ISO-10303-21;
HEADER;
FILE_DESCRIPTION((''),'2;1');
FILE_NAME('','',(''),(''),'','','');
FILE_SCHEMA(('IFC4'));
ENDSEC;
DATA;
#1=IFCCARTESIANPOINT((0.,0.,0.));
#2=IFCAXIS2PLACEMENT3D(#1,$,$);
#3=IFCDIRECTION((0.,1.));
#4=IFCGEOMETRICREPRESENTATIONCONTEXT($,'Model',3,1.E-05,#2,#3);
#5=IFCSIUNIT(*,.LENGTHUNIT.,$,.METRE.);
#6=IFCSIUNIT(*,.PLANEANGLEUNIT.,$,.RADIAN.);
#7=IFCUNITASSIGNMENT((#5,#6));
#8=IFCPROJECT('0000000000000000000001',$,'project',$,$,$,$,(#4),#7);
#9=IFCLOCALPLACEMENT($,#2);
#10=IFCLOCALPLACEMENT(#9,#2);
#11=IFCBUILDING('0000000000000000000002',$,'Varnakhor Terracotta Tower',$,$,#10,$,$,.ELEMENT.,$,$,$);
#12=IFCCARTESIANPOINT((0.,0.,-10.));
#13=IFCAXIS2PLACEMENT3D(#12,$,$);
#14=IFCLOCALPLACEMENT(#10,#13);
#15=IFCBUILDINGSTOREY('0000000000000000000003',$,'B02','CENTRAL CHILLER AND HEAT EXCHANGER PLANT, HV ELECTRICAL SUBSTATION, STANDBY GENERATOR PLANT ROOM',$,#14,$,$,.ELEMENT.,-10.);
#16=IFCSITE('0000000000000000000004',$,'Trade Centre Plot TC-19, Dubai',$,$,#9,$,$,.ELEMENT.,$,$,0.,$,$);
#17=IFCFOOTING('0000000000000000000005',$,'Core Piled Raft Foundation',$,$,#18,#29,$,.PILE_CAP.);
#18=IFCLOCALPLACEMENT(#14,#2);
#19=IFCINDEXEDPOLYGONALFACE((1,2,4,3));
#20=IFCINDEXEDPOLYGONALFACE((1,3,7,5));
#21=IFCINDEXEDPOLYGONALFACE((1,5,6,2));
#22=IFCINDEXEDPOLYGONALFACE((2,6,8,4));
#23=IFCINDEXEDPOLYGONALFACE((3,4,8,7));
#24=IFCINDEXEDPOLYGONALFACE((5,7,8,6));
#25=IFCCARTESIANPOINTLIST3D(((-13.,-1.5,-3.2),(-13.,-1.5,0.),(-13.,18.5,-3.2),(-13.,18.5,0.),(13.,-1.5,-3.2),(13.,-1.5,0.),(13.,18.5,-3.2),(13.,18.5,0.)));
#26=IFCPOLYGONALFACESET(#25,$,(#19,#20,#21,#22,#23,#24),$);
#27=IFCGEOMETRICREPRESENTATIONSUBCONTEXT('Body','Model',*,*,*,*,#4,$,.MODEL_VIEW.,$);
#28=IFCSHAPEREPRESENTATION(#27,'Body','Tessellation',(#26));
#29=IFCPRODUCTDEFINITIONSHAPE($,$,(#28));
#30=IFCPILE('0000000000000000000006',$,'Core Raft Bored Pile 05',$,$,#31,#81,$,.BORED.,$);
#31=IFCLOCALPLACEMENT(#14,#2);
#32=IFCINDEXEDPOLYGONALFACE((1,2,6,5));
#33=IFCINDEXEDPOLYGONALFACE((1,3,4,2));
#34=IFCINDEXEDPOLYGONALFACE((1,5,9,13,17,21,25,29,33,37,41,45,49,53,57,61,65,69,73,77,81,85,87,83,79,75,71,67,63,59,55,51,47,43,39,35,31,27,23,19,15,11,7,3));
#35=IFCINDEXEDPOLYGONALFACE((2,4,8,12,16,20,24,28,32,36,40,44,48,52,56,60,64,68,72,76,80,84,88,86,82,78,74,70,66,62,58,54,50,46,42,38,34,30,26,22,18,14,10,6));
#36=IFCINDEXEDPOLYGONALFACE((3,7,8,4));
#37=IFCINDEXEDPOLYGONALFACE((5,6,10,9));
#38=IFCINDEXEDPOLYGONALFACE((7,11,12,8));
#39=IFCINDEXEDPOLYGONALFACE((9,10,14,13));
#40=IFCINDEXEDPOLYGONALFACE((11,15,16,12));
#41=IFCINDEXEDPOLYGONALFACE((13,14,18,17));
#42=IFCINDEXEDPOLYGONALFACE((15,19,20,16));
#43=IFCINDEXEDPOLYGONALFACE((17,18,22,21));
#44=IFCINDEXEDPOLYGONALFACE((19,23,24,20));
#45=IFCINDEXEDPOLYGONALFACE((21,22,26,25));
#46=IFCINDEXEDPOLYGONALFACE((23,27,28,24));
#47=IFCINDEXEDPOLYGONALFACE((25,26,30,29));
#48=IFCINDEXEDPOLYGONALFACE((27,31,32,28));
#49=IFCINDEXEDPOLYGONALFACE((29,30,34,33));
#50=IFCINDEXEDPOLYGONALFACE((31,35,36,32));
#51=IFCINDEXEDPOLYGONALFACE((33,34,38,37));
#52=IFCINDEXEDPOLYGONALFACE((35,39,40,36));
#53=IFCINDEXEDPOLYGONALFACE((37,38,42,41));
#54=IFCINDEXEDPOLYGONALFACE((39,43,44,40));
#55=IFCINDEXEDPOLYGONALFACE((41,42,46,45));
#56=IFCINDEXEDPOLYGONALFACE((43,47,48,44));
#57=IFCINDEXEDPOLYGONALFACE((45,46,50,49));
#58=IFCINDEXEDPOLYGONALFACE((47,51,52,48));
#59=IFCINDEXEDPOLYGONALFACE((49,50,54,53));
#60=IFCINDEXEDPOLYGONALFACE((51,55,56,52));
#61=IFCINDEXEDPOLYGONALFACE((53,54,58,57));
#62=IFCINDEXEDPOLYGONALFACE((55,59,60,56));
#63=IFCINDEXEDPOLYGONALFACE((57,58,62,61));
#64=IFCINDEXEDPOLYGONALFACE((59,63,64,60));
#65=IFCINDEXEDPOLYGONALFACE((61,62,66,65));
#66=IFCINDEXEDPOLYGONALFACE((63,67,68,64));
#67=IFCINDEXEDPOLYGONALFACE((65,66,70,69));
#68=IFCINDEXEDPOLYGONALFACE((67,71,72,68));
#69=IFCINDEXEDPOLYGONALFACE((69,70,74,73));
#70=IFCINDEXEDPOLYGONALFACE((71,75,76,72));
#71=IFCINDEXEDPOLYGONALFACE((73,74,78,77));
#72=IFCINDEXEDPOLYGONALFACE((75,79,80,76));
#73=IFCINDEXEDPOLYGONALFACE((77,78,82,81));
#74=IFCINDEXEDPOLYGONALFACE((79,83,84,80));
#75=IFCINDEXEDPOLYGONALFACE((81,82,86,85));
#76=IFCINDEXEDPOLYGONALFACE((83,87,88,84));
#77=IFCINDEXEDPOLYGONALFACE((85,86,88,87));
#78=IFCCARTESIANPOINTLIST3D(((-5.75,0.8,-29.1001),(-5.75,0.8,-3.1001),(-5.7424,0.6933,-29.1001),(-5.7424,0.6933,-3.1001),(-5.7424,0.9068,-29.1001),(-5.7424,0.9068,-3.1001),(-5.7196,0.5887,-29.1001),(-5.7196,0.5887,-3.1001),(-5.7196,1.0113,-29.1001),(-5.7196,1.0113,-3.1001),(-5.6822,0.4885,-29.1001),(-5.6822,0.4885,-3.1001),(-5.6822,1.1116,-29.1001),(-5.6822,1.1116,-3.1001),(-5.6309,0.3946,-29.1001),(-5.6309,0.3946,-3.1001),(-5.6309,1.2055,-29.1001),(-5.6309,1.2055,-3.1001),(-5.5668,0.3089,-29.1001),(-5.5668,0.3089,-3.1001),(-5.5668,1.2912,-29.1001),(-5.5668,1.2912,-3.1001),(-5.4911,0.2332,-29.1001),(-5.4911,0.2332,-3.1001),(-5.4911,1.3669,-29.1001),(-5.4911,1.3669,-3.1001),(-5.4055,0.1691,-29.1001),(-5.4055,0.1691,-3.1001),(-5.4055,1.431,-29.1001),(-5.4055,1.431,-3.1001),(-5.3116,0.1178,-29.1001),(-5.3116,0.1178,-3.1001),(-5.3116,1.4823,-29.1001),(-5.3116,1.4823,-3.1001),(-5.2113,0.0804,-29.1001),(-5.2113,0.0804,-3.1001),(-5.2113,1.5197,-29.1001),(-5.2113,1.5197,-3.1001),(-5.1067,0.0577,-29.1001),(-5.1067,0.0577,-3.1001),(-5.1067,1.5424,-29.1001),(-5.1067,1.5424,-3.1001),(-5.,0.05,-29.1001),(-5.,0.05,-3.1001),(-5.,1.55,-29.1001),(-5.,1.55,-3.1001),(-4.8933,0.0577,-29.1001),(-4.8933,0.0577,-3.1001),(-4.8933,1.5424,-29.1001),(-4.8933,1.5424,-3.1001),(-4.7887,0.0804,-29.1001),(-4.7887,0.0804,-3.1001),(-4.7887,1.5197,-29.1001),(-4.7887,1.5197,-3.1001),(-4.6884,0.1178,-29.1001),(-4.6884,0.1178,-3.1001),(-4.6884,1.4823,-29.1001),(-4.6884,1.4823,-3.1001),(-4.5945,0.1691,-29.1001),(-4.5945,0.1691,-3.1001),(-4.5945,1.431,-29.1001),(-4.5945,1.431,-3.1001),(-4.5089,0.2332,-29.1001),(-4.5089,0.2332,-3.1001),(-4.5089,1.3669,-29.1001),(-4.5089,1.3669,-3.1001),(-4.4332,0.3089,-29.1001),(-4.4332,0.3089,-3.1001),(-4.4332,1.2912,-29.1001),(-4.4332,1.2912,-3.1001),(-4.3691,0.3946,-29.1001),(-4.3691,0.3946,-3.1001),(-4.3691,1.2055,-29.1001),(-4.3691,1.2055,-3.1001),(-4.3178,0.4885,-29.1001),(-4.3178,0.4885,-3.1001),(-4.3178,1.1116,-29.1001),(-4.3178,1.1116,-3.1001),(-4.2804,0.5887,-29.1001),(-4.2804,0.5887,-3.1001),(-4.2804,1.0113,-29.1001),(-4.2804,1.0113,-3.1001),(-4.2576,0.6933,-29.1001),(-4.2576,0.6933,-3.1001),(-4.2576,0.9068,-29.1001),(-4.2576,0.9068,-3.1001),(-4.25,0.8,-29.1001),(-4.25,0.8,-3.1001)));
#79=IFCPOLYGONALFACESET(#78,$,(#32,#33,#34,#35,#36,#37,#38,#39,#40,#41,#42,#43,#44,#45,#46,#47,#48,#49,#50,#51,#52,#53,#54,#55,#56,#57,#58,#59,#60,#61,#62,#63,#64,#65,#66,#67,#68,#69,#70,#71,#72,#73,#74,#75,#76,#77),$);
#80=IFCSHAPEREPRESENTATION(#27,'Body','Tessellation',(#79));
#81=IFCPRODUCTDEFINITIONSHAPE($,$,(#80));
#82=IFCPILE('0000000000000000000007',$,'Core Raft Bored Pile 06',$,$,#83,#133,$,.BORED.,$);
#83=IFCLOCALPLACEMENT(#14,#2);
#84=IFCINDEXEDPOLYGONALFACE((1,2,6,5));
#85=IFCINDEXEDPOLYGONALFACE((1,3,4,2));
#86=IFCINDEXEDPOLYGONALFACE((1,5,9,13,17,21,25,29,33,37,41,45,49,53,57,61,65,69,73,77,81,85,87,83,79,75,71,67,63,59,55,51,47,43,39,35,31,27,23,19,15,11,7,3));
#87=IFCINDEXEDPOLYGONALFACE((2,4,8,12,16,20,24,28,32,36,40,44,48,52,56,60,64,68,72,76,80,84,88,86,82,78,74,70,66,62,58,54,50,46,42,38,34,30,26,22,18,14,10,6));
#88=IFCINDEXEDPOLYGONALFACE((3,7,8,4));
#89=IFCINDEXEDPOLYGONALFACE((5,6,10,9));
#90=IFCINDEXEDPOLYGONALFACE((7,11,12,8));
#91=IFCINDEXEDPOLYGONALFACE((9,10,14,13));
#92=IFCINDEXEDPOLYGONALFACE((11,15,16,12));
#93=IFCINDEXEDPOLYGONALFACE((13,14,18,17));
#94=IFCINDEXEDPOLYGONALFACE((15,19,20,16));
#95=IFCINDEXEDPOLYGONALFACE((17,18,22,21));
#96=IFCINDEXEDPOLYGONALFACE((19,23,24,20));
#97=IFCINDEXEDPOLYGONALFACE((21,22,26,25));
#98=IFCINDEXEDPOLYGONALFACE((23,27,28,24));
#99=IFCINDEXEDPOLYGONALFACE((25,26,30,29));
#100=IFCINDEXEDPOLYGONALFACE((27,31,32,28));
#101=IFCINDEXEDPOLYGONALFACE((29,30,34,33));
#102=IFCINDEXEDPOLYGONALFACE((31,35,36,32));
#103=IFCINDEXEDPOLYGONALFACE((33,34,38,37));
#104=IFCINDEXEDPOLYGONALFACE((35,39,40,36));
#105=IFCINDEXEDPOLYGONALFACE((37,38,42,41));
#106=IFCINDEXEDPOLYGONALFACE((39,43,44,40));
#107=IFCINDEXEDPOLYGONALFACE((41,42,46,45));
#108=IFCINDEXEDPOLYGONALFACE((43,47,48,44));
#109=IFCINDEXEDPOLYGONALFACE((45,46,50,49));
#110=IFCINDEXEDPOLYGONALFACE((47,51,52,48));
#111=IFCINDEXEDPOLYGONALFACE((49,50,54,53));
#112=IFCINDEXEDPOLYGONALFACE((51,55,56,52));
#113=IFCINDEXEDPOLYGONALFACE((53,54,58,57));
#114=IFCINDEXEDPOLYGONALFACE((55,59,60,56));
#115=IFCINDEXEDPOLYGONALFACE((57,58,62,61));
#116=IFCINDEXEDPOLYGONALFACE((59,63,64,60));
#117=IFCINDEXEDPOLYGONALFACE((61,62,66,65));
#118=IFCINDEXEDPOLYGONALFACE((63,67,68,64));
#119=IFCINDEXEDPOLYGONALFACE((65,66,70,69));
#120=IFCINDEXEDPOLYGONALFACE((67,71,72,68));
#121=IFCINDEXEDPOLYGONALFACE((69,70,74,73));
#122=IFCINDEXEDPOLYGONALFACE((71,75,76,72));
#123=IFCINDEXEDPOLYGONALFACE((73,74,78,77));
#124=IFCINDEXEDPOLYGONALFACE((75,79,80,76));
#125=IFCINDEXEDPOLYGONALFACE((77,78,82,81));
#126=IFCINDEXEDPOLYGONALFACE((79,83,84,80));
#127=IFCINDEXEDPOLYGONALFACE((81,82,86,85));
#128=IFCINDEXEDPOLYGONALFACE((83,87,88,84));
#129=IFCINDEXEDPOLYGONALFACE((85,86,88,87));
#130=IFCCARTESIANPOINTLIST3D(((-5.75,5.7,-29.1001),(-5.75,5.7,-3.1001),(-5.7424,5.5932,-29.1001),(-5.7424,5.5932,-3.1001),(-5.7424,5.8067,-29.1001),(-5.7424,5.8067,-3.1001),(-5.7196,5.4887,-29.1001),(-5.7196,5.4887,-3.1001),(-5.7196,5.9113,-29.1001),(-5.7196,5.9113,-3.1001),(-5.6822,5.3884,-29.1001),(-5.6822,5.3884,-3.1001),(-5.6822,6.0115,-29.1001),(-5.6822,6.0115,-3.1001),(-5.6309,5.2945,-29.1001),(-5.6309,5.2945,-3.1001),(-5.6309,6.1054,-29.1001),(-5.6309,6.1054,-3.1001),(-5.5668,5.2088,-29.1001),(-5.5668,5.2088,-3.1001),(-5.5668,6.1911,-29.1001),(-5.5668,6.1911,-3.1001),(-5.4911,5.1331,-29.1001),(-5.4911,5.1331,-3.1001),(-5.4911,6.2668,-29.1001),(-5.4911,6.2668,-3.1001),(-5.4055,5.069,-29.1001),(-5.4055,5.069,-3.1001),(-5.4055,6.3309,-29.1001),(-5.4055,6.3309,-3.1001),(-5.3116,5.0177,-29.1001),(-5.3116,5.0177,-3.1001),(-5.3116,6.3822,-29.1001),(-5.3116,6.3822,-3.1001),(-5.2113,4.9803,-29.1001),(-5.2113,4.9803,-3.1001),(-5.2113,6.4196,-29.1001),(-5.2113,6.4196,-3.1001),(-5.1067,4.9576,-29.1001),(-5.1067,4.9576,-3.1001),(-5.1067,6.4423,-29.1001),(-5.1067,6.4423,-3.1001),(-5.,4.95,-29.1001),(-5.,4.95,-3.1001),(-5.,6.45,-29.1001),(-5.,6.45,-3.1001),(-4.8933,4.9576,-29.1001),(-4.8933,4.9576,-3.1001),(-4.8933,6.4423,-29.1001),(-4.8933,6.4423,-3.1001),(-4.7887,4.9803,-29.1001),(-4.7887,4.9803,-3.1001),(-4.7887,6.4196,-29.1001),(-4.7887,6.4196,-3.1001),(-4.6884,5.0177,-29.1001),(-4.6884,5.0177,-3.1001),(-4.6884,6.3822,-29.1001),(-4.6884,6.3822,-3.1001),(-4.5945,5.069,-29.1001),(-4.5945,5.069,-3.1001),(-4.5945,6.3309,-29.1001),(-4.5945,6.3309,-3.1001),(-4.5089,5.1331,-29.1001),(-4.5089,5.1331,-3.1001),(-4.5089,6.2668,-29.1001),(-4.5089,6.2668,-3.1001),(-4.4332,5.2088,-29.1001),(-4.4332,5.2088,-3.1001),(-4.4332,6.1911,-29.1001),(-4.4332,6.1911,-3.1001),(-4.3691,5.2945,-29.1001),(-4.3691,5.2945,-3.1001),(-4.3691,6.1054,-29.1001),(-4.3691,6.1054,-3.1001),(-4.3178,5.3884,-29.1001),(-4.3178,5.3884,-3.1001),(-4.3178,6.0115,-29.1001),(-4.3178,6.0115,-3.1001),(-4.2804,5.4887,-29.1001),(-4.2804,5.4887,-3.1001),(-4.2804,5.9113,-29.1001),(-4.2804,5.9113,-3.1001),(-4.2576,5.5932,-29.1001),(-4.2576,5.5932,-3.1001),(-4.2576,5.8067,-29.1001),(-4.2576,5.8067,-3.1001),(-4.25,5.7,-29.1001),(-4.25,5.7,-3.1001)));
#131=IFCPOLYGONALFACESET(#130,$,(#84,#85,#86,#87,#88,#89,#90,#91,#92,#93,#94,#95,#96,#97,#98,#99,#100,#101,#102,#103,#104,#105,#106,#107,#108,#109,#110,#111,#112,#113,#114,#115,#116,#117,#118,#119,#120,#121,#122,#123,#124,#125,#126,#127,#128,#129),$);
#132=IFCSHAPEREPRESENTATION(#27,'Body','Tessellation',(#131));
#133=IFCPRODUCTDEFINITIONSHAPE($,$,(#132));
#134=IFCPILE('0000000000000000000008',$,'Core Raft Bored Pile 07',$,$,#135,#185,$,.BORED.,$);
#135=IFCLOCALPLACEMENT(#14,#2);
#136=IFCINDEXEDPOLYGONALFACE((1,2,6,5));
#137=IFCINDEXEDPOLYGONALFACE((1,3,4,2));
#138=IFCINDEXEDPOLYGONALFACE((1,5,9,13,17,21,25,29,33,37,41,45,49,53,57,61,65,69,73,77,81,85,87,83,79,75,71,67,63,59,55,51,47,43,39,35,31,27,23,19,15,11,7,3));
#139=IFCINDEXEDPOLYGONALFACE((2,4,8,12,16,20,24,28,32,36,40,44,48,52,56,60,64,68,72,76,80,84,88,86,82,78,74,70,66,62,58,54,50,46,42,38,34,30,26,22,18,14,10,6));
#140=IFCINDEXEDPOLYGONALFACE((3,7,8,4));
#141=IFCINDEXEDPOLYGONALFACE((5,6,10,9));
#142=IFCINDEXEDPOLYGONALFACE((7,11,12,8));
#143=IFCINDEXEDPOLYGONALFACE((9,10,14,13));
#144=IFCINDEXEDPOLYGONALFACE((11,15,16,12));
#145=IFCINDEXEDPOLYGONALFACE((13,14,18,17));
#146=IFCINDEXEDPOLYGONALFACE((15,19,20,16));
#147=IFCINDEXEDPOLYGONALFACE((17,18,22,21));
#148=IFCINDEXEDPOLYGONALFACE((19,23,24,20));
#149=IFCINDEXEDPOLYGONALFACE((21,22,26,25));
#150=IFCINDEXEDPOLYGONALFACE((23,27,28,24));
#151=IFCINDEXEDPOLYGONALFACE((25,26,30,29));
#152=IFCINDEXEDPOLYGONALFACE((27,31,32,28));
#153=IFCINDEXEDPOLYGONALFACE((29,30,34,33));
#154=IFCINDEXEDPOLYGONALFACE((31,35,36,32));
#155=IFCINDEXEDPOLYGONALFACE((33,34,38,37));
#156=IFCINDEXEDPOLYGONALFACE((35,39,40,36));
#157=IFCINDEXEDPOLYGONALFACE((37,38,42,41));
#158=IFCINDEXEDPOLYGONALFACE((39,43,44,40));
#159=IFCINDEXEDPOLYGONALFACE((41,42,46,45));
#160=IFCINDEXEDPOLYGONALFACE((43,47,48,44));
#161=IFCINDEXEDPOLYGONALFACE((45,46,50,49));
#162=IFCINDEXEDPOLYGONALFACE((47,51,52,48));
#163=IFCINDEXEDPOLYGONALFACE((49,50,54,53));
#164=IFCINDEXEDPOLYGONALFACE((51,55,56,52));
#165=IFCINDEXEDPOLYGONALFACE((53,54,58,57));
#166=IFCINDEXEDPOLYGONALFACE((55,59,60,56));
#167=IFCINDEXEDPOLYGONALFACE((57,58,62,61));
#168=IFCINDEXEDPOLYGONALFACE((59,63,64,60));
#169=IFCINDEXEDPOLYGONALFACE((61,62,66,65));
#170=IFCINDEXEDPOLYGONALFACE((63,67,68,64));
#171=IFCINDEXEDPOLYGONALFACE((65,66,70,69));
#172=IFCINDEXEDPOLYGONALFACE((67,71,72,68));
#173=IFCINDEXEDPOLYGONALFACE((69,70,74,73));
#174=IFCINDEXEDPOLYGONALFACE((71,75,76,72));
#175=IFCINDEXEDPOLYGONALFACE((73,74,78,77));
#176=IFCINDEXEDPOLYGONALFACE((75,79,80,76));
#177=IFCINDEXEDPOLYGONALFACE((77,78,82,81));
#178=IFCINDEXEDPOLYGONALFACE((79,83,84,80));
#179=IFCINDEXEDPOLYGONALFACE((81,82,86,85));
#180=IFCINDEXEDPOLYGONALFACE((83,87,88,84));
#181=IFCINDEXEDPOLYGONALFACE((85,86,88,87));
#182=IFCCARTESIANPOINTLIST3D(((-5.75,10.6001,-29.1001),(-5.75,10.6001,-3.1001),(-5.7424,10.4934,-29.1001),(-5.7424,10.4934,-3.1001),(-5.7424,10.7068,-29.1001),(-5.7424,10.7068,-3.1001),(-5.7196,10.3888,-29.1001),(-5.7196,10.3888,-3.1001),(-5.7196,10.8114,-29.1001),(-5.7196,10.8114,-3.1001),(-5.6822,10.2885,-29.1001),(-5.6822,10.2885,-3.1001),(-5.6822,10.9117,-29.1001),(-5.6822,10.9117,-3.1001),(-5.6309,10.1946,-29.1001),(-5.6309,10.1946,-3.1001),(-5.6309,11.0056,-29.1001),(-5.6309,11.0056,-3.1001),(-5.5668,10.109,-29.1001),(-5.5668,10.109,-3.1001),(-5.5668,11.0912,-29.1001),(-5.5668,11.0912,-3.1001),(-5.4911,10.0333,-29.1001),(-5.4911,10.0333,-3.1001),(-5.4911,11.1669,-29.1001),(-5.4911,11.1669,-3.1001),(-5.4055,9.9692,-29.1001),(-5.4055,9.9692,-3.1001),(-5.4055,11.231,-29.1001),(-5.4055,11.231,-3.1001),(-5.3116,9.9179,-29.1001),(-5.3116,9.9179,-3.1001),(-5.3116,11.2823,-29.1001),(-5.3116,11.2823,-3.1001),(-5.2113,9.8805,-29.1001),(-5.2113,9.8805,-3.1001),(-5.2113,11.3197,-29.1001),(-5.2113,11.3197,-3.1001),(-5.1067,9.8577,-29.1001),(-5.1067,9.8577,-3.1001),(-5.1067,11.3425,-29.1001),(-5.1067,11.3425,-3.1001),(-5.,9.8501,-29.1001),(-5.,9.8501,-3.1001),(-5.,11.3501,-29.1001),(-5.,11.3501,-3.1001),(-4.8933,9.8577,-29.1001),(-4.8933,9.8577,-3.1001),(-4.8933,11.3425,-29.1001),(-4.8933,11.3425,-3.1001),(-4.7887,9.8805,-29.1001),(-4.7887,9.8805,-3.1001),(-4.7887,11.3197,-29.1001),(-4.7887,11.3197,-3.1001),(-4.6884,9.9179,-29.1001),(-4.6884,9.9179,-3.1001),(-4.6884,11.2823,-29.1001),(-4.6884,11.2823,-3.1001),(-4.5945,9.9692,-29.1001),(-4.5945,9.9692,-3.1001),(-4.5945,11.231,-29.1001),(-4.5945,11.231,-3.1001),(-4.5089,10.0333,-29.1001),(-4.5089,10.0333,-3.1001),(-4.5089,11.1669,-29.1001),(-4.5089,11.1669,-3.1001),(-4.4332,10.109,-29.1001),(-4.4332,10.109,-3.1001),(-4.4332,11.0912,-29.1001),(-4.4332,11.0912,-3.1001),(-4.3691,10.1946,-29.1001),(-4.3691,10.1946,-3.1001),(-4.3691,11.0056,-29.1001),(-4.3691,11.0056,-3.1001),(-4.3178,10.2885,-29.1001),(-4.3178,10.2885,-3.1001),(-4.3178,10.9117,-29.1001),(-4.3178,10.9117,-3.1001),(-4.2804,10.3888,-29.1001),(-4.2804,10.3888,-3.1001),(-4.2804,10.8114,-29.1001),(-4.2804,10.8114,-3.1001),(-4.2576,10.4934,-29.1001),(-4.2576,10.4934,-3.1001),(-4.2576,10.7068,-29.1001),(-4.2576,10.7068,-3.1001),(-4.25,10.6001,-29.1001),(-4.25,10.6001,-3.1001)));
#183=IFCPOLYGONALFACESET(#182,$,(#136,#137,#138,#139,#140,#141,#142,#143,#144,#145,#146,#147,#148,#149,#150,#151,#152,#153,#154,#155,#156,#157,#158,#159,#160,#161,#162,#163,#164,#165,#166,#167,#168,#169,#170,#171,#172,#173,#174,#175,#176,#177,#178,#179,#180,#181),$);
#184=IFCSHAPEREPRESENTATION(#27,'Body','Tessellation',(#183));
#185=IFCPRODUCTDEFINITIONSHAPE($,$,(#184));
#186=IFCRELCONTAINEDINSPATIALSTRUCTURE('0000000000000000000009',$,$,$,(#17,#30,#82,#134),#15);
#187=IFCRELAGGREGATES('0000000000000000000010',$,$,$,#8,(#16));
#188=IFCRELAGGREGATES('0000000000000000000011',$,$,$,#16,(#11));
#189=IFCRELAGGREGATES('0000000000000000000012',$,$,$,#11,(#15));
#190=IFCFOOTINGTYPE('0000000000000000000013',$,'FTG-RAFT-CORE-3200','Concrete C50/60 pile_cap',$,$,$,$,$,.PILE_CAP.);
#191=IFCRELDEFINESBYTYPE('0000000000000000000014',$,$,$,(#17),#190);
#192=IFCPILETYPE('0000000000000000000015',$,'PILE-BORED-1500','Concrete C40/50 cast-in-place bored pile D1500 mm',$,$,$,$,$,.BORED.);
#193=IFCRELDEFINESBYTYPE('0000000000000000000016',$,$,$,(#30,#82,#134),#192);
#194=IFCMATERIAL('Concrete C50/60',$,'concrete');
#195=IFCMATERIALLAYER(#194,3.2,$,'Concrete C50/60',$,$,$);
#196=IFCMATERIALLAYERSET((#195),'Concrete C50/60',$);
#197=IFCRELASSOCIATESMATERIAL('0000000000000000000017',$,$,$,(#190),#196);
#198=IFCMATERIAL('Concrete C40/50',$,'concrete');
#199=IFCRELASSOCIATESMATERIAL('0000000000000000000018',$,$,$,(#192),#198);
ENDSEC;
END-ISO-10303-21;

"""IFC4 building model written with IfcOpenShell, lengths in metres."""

from ifc_helpers import new_model, si_unit, direction, frame, origin, origin_2d, place, context, subcontext, project, spatial, polyline, circle, outline, extrude, source, transform, mapped, material, layer, layer_set, material_profile, profile_set, type_object, type_shapes, element, save


model = new_model("IFC4")

# Units and contexts
model_context = context("Model", 3, precision=1e-05, world=origin(), true_north=direction((0.0, 1.0)))
body_context = subcontext(model_context, "Body", "Model", "MODEL_VIEW")
ifc_project = project(units=[si_unit("LENGTHUNIT", "METRE"), si_unit("PLANEANGLEUNIT", "RADIAN")], contexts=[model_context])

# Site, building, storey
site_placement = place(None, origin())
site = spatial("IfcSite", under=ifc_project, at=site_placement, Name="Trade Centre Plot TC-19, Dubai", CompositionType="ELEMENT", RefElevation=0.0)
building_placement = place(site_placement, origin())
building = spatial("IfcBuilding", under=site, at=building_placement, Name="Varnakhor Terracotta Tower", CompositionType="ELEMENT")
storey_placement = place(building_placement, frame((0.0, 0.0, -10.0)))
storey = spatial("IfcBuildingStorey", under=building, at=storey_placement, Name="B02", Description="CENTRAL CHILLER AND HEAT EXCHANGER PLANT, HV ELECTRICAL SUBSTATION, STANDBY GENERATOR PLANT ROOM", CompositionType="ELEMENT", Elevation=-10.0)

# Footing
ifc_material_1 = material(Name="Concrete C50/60", Category="concrete")
ifc_layer_1 = layer(ifc_material_1, 3.2, Name="Concrete C50/60")
ifc_layer_set_1 = layer_set([ifc_layer_1], Name="Concrete C50/60")
footing_type = type_object("IfcFootingType", Name="FTG-RAFT-CORE-3200", Description="Concrete C50/60 pile_cap", PredefinedType="PILE_CAP", material=ifc_layer_set_1)
footing_placement = place(storey_placement, frame((0.0, 0.0, -3.2)))
element("IfcFooting", 1, at=footing_placement, inside=storey, type_object=footing_type, Name="Core Piled Raft Foundation", PredefinedType="PILE_CAP", context=body_context, shape_type="SweptSolid", body=[
    extrude(outline(polyline([(-13.0, -1.5), (13.0, -1.5), (13.0, 18.5), (-13.0, 18.5), (-13.0, -1.5)])), origin(), (0.0, 0.0, 1.0), 3.2),
])

# Piles
ifc_material_2 = material(Name="Concrete C40/50", Category="concrete")
ifc_material_profile_1 = material_profile(ifc_material_2, circle(Radius=0.75, at=origin_2d()), Name="BORED PILE D1500")
ifc_profile_set_1 = profile_set([ifc_material_profile_1], Name="Concrete C40/50")
pile_type = type_object("IfcPileType", Name="PILE-BORED-1500", Description="Concrete C40/50 cast-in-place bored pile D1500 mm", PredefinedType="BORED", material=ifc_profile_set_1)
shared_shape_1 = source(origin(), body_context, "Body", "SweptSolid", [
    extrude(circle(Radius=0.75, at=origin_2d()), origin(), (0.0, 0.0, 1.0), 26.0),
])
type_shapes(pile_type, [shared_shape_1])
for number, where, z_axis, x_axis, name in (
    (2, (-5.0, 0.8, -3.1001), (0.0, 0.0, -1.0), (1.0, 0.0, 0.0), "Core Raft Bored Pile 05"),
    (3, (-5.0, 5.7, -3.1001), (0.0, 0.0, -1.0), (1.0, 0.0, 0.0), "Core Raft Bored Pile 06"),
    (4, (-5.0, 10.6001, -3.1001), (0.0, 0.0, -1.0), (1.0, 0.0, 0.0), "Core Raft Bored Pile 07"),
):
    element("IfcPile", number, at=place(storey_placement, frame(where, z_axis=z_axis, x_axis=x_axis)), inside=storey, type_object=pile_type, Name=name, PredefinedType="BORED", context=body_context, shape_type="MappedRepresentation", body=[
        mapped(shared_shape_1, transform((0.0, 0.0, 0.0), scale=1.0)),
    ])

save(model, "model.ifc")
